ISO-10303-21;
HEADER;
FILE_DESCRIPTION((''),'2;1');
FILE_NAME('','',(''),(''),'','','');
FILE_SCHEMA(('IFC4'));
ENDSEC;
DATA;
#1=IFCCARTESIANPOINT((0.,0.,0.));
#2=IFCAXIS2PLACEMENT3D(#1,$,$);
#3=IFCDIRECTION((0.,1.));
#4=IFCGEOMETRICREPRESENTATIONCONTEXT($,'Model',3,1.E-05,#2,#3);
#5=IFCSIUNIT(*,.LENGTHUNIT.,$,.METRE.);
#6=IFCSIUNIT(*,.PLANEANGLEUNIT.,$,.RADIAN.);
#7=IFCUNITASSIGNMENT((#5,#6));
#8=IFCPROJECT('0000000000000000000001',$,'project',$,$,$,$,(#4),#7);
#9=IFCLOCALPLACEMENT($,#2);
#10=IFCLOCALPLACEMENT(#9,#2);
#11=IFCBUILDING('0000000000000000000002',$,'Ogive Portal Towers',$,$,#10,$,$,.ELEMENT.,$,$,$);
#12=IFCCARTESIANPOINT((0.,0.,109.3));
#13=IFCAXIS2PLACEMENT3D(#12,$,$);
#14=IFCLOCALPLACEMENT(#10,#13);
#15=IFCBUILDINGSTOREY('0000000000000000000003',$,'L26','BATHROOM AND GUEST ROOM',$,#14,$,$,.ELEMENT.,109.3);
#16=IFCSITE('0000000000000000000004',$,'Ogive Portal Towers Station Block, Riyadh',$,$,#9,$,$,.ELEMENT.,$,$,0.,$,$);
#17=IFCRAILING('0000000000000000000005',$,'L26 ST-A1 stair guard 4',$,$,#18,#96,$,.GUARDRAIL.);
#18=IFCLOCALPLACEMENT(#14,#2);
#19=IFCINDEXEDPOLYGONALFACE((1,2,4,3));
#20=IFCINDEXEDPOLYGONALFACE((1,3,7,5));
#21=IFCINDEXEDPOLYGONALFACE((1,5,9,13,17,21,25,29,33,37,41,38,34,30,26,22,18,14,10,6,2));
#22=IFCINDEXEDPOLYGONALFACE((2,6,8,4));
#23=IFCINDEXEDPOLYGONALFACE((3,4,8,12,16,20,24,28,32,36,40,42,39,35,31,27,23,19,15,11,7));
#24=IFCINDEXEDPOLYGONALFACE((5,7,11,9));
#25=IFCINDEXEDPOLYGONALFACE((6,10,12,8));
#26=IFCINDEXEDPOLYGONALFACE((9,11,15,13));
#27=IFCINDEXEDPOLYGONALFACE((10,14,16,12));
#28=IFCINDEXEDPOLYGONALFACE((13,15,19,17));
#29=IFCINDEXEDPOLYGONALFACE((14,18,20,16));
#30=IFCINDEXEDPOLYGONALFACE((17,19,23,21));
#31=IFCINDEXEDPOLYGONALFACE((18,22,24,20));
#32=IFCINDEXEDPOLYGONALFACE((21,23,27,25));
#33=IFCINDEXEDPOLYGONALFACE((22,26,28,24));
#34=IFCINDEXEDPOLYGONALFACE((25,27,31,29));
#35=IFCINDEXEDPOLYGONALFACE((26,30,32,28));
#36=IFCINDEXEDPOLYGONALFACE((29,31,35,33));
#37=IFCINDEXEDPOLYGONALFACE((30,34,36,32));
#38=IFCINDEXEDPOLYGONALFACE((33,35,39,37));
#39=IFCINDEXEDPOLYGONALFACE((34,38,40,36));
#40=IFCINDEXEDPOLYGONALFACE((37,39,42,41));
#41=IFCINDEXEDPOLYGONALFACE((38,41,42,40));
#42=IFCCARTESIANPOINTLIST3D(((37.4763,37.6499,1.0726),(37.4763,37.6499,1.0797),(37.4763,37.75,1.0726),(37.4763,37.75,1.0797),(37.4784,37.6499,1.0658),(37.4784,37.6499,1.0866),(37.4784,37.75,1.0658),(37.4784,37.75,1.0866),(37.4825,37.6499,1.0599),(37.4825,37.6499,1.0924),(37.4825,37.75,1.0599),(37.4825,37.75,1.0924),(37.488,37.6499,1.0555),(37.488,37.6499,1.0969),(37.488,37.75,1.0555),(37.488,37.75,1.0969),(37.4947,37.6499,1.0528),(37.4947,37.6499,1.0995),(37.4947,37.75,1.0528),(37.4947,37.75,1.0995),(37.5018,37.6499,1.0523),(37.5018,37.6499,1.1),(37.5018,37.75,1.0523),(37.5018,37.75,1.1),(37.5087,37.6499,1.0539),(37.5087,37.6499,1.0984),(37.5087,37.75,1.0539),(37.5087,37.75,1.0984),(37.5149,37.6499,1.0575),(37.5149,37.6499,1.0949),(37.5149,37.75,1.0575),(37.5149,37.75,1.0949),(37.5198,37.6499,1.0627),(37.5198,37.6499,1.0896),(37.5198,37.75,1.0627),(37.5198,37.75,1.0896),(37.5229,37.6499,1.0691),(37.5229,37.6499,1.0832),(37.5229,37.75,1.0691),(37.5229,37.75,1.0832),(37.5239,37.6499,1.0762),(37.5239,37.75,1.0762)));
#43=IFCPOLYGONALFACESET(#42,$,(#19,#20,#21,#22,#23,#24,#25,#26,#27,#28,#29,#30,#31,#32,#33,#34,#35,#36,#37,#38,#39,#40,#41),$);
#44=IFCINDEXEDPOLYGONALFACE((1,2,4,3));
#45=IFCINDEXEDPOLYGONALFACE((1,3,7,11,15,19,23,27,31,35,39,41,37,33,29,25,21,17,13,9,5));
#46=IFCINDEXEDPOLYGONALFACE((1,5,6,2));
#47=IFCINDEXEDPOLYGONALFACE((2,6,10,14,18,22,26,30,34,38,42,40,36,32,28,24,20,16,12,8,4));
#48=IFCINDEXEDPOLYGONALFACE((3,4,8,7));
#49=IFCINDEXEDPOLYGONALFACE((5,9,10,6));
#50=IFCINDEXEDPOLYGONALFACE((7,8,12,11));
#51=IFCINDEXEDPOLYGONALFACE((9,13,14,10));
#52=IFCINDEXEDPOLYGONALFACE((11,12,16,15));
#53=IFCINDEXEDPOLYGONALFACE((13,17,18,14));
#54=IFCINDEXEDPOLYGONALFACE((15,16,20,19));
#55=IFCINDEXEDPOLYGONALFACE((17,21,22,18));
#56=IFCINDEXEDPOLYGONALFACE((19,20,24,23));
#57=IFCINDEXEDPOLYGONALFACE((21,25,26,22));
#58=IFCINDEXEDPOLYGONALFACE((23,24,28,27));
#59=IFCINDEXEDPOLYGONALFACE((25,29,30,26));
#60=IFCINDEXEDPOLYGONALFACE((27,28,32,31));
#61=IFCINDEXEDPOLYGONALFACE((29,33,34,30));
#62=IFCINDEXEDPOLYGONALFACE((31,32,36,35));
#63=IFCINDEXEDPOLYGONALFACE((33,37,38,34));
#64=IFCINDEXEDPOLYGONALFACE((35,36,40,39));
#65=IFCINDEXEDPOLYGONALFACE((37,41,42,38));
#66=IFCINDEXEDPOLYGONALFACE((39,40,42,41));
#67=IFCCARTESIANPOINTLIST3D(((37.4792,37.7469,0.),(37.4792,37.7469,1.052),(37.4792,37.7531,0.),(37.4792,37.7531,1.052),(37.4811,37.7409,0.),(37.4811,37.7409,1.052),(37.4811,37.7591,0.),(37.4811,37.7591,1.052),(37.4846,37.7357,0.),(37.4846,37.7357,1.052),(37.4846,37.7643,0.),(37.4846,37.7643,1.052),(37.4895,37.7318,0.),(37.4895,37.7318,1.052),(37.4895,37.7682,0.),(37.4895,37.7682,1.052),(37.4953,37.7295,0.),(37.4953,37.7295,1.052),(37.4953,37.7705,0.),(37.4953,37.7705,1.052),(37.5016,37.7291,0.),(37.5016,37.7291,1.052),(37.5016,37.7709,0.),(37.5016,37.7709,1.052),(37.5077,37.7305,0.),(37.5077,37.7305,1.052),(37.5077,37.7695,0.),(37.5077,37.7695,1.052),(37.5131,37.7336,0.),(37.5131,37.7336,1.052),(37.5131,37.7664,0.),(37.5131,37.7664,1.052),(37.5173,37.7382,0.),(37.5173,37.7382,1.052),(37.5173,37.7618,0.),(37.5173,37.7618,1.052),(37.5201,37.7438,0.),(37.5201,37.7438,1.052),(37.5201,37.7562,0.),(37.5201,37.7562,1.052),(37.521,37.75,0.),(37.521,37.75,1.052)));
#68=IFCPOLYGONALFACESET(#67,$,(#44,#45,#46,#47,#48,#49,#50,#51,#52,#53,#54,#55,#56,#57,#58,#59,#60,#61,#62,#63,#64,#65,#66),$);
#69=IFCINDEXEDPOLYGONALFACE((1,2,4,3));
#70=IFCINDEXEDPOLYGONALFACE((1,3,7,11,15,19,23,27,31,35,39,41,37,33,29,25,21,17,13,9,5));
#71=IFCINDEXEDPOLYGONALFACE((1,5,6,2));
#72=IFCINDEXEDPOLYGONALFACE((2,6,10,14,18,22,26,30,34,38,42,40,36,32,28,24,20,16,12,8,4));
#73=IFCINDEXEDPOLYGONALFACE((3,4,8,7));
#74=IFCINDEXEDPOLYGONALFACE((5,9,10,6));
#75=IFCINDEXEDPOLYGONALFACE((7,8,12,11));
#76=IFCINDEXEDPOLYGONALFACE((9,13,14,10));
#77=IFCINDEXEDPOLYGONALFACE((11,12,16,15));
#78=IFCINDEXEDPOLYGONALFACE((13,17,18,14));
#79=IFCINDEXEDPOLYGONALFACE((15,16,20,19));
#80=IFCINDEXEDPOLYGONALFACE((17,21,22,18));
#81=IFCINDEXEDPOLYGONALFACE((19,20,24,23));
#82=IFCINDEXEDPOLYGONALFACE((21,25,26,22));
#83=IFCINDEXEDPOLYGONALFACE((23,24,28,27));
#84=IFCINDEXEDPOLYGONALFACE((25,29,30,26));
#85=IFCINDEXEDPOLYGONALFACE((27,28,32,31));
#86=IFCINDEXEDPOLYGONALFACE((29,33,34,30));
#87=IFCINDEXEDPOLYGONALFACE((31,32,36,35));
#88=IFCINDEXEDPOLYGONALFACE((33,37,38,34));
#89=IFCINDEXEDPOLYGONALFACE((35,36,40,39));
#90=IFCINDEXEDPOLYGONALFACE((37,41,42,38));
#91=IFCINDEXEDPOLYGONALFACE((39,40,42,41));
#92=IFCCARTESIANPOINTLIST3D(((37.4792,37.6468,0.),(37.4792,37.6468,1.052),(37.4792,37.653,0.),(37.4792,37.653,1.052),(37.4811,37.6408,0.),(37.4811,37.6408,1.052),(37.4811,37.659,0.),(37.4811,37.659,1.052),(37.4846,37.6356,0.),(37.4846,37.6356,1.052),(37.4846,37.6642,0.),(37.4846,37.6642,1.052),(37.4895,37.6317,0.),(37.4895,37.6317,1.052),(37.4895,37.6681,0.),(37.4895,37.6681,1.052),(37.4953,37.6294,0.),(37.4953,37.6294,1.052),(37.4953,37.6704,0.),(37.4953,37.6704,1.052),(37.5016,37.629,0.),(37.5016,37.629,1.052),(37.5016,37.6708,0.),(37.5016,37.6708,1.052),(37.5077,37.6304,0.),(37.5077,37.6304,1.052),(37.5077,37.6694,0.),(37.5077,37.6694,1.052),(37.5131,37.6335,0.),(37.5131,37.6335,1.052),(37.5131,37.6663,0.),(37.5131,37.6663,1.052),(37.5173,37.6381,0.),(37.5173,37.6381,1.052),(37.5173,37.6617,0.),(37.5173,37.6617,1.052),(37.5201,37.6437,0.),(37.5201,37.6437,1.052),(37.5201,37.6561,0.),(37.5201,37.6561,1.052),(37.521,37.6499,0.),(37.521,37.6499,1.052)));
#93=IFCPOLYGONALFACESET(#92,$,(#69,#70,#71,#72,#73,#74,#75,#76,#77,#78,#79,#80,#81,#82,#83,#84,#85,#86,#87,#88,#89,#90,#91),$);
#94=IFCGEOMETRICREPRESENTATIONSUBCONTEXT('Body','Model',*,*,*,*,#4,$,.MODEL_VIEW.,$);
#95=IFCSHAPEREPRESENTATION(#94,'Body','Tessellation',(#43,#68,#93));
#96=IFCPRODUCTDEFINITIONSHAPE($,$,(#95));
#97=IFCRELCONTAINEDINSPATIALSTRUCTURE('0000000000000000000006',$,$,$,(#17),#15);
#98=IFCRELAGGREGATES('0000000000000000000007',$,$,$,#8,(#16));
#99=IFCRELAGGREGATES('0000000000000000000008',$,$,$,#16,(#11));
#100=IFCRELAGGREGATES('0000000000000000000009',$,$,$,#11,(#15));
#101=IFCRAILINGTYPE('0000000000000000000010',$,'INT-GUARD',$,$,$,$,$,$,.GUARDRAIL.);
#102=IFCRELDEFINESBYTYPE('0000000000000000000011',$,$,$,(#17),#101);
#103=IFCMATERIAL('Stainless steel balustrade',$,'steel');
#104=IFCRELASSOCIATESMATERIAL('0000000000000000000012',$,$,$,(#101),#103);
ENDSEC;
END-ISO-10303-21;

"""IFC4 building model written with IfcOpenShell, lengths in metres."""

from ifc_helpers import new_model, si_unit, direction, frame, origin, origin_2d, place, context, subcontext, project, spatial, circle, extrude, material, type_object, element, save


model = new_model("IFC4")

# Units and contexts
model_context = context("Model", 3, precision=1e-05, world=origin(), true_north=direction((0.0, 1.0)))
body_context = subcontext(model_context, "Body", "Model", "MODEL_VIEW")
ifc_project = project(units=[si_unit("LENGTHUNIT", "METRE"), si_unit("PLANEANGLEUNIT", "RADIAN")], contexts=[model_context])

# Site, building, storey
site_placement = place(None, origin())
site = spatial("IfcSite", under=ifc_project, at=site_placement, Name="Ogive Portal Towers Station Block, Riyadh", CompositionType="ELEMENT", RefElevation=0.0)
building_placement = place(site_placement, origin())
building = spatial("IfcBuilding", under=site, at=building_placement, Name="Ogive Portal Towers", CompositionType="ELEMENT")
storey_placement = place(building_placement, frame((0.0, 0.0, 109.3)))
storey = spatial("IfcBuildingStorey", under=building, at=storey_placement, Name="L26", Description="BATHROOM AND GUEST ROOM", CompositionType="ELEMENT", Elevation=109.3)

# Railing
ifc_material_1 = material(Name="Stainless steel balustrade", Category="steel")
railing_type_1 = type_object("IfcRailingType", Name="INT-GUARD", PredefinedType="GUARDRAIL", material=ifc_material_1)
railing_1_placement = place(storey_placement, frame((37.5, 37.75, 0.0)))
element("IfcRailing", 1, at=railing_1_placement, inside=storey, type_object=railing_type_1, Name="L26 ST-A1 stair guard 4", PredefinedType="GUARDRAIL", context=body_context, shape_type="SweptSolid", body=[
    extrude(circle(Radius=0.0239, at=origin_2d()), frame((0.0, 0.0, 1.0762), z_axis=(0.0, -1.0, 0.0), x_axis=(1.0, 0.0, 0.0)), (0.0, 0.0, 1.0), 0.1001),
    extrude(circle(Radius=0.021, at=origin_2d()), origin(), (0.0, 0.0, 1.0), 1.052),
    extrude(circle(Radius=0.021, at=origin_2d()), frame((0.0, -0.1001, 0.0)), (0.0, 0.0, 1.0), 1.052),
])

save(model, "model.ifc")
